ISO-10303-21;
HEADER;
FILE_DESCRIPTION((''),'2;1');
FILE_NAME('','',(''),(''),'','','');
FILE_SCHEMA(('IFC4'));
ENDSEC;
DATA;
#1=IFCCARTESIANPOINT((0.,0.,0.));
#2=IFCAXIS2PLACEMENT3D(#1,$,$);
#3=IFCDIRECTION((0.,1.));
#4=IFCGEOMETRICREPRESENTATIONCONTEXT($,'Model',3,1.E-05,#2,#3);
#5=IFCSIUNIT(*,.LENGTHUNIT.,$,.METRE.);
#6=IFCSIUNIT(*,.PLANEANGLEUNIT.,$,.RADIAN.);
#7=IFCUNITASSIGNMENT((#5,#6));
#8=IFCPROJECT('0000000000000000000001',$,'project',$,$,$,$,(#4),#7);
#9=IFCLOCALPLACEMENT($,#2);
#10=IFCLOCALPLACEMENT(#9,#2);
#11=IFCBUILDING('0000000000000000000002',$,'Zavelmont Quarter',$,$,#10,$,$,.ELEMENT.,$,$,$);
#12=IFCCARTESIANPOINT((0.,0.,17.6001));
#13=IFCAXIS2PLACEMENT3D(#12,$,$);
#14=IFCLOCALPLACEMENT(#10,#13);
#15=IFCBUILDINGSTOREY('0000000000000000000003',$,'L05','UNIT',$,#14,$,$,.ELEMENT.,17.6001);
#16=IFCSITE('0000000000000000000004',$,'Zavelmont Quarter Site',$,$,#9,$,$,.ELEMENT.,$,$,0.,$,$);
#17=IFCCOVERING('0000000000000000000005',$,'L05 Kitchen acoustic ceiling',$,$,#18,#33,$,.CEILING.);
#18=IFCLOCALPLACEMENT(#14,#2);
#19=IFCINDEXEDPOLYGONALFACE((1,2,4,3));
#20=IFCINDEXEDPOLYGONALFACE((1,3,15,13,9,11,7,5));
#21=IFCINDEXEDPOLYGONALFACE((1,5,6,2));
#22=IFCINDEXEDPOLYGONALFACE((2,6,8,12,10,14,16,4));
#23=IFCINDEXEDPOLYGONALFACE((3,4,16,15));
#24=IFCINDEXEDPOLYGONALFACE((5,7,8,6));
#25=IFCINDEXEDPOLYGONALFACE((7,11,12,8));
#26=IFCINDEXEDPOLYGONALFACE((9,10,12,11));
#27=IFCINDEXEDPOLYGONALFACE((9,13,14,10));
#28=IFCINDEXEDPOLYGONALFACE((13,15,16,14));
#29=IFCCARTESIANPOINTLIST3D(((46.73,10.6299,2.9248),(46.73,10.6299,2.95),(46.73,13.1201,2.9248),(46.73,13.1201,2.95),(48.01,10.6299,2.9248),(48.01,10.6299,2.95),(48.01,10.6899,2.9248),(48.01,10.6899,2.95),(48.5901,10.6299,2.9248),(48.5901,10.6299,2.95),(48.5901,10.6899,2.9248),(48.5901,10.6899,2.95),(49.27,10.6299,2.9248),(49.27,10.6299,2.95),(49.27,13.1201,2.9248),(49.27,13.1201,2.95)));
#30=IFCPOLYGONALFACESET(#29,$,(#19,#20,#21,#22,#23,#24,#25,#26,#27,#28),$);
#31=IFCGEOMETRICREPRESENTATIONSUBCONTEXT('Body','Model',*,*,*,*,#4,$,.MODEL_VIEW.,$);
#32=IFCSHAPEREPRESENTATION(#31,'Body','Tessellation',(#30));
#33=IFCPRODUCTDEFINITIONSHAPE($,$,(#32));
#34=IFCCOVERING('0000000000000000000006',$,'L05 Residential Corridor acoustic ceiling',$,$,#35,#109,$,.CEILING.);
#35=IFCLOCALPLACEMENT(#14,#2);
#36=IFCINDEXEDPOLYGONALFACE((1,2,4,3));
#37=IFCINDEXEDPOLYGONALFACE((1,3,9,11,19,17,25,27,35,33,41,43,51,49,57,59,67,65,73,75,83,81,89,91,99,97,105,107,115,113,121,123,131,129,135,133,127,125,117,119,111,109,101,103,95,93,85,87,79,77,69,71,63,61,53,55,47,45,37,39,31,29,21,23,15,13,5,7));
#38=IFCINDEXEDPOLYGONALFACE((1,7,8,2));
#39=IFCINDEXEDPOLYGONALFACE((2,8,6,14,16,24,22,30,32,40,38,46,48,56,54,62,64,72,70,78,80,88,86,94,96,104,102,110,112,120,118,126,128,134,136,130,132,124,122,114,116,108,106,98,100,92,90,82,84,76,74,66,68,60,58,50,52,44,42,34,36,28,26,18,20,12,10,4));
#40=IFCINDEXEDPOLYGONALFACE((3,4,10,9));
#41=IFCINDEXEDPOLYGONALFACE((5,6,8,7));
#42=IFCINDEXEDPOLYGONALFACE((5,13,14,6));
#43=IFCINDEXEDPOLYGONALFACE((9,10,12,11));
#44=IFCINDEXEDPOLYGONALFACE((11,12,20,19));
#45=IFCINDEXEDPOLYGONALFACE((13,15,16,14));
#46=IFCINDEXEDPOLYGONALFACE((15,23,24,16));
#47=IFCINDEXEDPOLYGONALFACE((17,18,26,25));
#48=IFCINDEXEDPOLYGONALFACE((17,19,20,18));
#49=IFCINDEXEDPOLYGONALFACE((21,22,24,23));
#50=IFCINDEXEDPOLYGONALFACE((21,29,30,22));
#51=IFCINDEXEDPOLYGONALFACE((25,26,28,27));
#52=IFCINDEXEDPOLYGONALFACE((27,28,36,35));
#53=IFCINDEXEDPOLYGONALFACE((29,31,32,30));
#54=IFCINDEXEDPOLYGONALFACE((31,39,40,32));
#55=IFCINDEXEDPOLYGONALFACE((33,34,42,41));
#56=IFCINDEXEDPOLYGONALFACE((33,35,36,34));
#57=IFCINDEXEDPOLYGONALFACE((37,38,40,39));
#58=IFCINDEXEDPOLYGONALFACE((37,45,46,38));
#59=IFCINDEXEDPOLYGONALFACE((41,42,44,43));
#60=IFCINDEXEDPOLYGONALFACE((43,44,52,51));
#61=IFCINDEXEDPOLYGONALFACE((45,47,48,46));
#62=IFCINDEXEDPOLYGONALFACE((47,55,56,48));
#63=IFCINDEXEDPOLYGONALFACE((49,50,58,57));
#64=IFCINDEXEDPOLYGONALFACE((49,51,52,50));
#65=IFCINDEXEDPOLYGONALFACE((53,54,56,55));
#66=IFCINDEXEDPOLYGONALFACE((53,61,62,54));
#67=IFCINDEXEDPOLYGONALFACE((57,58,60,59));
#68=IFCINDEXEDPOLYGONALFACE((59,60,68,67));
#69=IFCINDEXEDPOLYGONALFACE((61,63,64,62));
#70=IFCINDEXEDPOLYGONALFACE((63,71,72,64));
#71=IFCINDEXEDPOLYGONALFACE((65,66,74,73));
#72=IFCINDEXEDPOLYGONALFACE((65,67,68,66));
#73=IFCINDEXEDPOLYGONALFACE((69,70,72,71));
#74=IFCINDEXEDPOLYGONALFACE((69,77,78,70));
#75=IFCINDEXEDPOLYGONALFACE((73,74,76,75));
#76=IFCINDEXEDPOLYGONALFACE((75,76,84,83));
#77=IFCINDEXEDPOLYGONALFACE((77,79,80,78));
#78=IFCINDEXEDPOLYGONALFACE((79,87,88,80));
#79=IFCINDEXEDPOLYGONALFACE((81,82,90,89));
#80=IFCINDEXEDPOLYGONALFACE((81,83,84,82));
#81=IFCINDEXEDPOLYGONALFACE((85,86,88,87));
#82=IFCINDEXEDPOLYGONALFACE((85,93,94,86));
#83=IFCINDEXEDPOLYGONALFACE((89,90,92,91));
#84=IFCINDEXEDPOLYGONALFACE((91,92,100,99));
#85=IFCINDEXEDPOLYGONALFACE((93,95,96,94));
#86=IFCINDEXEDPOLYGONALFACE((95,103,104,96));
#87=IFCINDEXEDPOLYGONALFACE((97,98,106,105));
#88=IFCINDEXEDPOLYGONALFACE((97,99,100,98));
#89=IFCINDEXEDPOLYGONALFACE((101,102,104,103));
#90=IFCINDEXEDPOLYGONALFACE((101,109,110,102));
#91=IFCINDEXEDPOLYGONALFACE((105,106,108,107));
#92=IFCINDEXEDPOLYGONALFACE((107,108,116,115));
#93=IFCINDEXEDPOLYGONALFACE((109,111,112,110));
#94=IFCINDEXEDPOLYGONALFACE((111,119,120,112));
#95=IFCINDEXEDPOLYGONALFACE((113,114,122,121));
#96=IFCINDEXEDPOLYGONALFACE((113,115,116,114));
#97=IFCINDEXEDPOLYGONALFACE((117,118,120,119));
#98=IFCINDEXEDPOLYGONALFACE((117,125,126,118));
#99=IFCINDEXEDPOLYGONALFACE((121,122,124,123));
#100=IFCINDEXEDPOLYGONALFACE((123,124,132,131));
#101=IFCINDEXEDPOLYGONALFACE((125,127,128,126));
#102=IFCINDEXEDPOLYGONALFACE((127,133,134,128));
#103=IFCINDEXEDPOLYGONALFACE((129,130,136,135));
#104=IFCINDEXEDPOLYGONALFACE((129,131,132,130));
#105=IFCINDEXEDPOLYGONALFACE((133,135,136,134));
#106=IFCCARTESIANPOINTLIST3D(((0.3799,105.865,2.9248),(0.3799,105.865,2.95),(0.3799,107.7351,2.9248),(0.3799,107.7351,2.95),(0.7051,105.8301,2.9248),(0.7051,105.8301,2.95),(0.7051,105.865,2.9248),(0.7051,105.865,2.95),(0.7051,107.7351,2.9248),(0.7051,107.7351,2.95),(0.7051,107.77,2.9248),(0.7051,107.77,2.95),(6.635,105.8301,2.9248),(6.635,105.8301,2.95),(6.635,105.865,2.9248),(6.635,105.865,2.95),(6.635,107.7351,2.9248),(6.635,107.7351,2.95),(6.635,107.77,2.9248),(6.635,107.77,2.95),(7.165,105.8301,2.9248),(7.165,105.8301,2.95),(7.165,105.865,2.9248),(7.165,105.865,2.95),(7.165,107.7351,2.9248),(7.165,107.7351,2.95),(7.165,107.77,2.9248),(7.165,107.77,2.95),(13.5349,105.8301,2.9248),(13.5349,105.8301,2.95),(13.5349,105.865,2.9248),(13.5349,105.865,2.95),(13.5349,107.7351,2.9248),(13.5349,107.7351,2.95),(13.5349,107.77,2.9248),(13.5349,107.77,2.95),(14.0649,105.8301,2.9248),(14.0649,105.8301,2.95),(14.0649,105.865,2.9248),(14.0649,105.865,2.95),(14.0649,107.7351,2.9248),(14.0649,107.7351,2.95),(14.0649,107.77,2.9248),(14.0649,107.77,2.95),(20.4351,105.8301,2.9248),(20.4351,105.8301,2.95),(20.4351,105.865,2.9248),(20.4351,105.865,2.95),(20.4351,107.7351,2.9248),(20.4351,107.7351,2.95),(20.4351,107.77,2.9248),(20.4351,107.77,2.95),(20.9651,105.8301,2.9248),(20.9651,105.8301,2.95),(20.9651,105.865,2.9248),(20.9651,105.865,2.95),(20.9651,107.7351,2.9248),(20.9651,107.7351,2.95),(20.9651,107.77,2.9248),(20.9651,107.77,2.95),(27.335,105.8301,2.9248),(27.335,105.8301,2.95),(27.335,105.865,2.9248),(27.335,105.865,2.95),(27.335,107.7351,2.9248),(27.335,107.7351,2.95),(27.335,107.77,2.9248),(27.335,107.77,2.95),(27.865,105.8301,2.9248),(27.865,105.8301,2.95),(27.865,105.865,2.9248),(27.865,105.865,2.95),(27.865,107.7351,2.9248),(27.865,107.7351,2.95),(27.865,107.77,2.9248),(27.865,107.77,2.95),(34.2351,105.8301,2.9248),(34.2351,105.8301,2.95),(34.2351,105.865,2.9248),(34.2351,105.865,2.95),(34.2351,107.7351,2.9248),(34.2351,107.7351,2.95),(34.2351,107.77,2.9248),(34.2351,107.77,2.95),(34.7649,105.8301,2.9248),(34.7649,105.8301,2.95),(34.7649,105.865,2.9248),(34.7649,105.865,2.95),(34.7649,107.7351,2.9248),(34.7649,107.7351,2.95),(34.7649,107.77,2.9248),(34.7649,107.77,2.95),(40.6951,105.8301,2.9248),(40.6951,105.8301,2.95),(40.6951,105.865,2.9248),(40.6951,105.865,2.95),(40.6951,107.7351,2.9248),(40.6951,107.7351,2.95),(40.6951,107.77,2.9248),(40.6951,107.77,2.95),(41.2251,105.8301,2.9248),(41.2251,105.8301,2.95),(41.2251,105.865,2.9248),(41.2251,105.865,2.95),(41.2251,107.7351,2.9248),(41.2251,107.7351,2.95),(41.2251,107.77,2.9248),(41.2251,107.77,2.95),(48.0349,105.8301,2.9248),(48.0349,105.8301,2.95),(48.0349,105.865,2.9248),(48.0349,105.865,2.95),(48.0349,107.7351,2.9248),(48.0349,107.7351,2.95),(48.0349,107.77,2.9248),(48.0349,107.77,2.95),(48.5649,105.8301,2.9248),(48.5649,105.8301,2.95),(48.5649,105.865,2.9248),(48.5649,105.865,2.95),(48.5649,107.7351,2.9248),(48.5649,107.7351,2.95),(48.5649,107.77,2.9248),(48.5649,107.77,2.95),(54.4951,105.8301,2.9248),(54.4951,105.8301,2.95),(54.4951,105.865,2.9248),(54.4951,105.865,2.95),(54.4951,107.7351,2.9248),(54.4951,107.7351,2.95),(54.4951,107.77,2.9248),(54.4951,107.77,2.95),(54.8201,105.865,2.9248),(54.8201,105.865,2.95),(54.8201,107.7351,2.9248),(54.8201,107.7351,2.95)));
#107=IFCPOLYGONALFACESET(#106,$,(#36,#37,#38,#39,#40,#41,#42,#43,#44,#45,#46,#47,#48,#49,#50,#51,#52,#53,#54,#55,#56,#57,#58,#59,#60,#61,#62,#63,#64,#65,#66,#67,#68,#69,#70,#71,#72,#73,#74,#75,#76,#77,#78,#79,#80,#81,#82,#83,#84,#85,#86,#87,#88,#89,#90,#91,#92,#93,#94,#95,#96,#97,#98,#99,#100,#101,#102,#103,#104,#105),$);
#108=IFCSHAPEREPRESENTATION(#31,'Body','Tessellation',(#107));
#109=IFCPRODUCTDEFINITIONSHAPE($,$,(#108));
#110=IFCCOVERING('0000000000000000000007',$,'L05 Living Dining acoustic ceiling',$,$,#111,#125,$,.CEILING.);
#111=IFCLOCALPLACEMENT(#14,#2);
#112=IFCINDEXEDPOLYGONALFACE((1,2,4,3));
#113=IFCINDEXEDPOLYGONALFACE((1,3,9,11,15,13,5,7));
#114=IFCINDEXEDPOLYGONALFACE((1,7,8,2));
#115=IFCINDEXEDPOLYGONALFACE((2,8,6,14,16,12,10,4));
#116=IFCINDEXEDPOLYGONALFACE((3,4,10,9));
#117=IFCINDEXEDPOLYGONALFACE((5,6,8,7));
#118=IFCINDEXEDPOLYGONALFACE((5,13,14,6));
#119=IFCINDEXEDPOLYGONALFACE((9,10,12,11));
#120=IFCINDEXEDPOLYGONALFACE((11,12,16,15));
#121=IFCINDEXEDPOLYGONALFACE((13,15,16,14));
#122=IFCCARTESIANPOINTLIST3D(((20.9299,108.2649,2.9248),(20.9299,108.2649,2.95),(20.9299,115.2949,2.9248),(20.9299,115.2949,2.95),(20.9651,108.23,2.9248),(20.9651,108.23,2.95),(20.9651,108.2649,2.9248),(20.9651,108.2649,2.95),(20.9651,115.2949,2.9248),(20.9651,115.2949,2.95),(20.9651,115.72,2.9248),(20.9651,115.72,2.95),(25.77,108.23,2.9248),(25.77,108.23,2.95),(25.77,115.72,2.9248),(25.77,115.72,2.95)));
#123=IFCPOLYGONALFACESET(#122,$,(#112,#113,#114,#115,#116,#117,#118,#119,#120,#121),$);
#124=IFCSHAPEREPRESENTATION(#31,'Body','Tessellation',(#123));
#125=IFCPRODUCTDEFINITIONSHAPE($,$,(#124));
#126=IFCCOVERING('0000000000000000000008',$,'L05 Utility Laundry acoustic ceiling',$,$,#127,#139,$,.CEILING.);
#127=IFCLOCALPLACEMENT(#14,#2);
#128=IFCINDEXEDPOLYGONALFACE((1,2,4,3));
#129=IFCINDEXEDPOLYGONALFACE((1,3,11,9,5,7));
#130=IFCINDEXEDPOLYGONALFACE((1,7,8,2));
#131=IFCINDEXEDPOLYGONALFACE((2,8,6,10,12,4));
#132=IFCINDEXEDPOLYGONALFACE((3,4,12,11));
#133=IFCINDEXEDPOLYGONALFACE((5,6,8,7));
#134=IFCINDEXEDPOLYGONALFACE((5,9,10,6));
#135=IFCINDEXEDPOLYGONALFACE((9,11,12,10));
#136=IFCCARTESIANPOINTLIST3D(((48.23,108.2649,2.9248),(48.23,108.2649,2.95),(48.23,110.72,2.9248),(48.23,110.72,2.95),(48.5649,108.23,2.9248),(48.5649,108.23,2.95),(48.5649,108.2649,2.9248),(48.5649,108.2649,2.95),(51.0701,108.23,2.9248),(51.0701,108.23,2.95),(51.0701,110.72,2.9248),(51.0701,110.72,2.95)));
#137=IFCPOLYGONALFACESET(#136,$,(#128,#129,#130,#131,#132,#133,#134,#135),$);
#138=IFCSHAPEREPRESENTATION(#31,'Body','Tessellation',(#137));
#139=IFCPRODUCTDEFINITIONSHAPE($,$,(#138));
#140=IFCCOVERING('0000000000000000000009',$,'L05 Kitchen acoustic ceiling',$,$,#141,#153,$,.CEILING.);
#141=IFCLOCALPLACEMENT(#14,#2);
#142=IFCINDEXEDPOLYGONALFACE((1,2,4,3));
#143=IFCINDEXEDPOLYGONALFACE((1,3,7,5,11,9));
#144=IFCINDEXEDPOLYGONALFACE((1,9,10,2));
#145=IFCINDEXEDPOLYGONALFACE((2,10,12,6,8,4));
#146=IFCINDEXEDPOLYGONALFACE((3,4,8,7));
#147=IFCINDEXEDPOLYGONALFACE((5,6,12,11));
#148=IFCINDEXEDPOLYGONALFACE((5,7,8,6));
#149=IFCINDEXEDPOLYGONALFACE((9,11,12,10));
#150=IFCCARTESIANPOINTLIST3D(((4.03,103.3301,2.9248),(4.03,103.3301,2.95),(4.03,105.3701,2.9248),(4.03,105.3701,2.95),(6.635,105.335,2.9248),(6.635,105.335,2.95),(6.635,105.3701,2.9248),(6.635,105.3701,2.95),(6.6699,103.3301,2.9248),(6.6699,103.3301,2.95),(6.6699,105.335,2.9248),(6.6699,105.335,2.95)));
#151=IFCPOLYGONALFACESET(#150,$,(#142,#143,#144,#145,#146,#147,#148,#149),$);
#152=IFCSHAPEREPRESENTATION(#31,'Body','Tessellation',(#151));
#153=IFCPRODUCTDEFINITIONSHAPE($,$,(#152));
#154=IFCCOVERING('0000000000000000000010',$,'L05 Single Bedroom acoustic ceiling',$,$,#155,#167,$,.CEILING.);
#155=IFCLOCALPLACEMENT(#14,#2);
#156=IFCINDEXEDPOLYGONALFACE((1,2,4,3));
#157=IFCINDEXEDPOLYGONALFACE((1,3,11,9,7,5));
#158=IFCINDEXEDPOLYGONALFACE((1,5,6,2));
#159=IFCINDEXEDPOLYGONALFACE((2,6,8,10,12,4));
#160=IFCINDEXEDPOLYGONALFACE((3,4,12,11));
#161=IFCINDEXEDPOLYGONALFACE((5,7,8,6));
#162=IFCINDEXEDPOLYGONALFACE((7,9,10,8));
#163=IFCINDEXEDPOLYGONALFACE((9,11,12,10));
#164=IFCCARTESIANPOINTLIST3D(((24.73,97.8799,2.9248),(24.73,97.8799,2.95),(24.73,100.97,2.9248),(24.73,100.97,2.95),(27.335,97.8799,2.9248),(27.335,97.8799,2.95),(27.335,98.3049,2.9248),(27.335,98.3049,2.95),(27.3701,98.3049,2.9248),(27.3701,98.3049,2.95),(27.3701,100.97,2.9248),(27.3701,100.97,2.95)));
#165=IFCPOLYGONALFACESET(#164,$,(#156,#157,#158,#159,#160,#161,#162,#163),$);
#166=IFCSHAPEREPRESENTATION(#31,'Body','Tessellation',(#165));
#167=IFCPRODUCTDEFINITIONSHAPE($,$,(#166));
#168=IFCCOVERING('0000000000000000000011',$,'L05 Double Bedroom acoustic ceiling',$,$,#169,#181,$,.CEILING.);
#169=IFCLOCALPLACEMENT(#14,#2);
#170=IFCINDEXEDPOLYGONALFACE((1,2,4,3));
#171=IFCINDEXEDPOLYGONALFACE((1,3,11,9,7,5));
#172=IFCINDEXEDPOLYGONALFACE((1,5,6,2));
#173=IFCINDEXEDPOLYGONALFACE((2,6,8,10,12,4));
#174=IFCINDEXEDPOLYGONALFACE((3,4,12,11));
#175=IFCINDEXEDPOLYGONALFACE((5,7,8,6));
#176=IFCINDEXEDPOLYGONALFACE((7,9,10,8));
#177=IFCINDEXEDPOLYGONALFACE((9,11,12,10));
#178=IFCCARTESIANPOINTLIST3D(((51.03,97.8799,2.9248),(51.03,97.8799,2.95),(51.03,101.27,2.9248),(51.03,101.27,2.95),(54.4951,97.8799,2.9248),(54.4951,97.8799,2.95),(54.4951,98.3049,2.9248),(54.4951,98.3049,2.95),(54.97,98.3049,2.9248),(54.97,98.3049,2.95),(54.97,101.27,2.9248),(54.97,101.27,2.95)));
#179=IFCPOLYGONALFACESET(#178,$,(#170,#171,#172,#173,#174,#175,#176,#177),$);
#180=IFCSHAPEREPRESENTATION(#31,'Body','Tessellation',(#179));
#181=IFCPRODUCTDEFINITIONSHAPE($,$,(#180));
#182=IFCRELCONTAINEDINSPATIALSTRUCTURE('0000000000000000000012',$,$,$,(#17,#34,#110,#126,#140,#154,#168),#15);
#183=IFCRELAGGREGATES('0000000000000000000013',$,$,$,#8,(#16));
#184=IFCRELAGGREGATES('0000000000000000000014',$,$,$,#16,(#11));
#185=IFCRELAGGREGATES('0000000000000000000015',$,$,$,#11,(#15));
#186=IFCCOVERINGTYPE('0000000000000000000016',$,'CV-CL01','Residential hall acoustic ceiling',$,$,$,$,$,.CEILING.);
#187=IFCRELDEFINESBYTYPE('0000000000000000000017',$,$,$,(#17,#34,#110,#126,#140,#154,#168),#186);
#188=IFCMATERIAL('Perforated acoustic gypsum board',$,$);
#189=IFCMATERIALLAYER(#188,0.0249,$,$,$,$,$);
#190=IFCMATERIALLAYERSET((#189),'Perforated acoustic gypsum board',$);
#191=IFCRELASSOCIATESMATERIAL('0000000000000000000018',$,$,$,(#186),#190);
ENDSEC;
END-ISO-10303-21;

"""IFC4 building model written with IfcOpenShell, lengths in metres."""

from ifc_helpers import new_model, si_unit, direction, frame, origin, place, context, subcontext, project, spatial, polyline, outline, extrude, material, layer, layer_set, type_object, element, save


model = new_model("IFC4")

# Units and contexts
model_context = context("Model", 3, precision=1e-05, world=origin(), true_north=direction((0.0, 1.0)))
body_context = subcontext(model_context, "Body", "Model", "MODEL_VIEW")
ifc_project = project(units=[si_unit("LENGTHUNIT", "METRE"), si_unit("PLANEANGLEUNIT", "RADIAN")], contexts=[model_context])

# Site, building, storey
site_placement = place(None, origin())
site = spatial("IfcSite", under=ifc_project, at=site_placement, Name="Zavelmont Quarter Site", CompositionType="ELEMENT", RefElevation=0.0)
building_placement = place(site_placement, origin())
building = spatial("IfcBuilding", under=site, at=building_placement, Name="Zavelmont Quarter", CompositionType="ELEMENT")
storey_placement = place(building_placement, frame((0.0, 0.0, 17.6001)))
storey = spatial("IfcBuildingStorey", under=building, at=storey_placement, Name="L05", Description="UNIT", CompositionType="ELEMENT", Elevation=17.6001)

# Coverings
ifc_material_1 = material(Name="Perforated acoustic gypsum board")
ifc_layer_1 = layer(ifc_material_1, 0.0249)
ifc_layer_set_1 = layer_set([ifc_layer_1], Name="Perforated acoustic gypsum board")
covering_type_1 = type_object("IfcCoveringType", Name="CV-CL01", Description="Residential hall acoustic ceiling", PredefinedType="CEILING", material=ifc_layer_set_1)
covering_1_placement = place(storey_placement, frame((0.0, 0.0, 2.9248)))
element("IfcCovering", 1, at=covering_1_placement, inside=storey, type_object=covering_type_1, Name="L05 Kitchen acoustic ceiling", PredefinedType="CEILING", context=body_context, shape_type="SweptSolid", body=[
    extrude(outline(polyline([(46.73, 13.1201), (49.27, 13.1201), (49.27, 10.6299), (48.5901, 10.6299), (48.5901, 10.6899), (48.01, 10.6899), (48.01, 10.6299), (46.73, 10.6299), (46.73, 13.1201)])), origin(), (0.0, 0.0, 1.0), 0.0251),
])
covering_2_placement = place(storey_placement, frame((0.0, 0.0, 2.9248)))
element("IfcCovering", 2, at=covering_2_placement, inside=storey, type_object=covering_type_1, Name="L05 Residential Corridor acoustic ceiling", PredefinedType="CEILING", context=body_context, shape_type="SweptSolid", body=[
    extrude(outline(polyline([(0.3799, 107.7351), (0.7051, 107.7351), (0.7051, 107.77), (6.635, 107.77), (6.635, 107.7351), (7.165, 107.7351), (7.165, 107.77), (13.5349, 107.77), (13.5349, 107.7351), (14.0649, 107.7351), (14.0649, 107.77), (20.4351, 107.77), (20.4351, 107.7351), (20.9651, 107.7351), (20.9651, 107.77), (27.335, 107.77), (27.335, 107.7351), (27.865, 107.7351), (27.865, 107.77), (34.2351, 107.77), (34.2351, 107.7351), (34.7649, 107.7351), (34.7649, 107.77), (40.6951, 107.77), (40.6951, 107.7351), (41.2251, 107.7351), (41.2251, 107.77), (48.0349, 107.77), (48.0349, 107.7351), (48.5649, 107.7351), (48.5649, 107.77), (54.4951, 107.77), (54.4951, 107.7351), (54.8201, 107.7351), (54.8201, 105.865), (54.4951, 105.865), (54.4951, 105.8301), (48.5649, 105.8301), (48.5649, 105.865), (48.0349, 105.865), (48.0349, 105.8301), (41.2251, 105.8301), (41.2251, 105.865), (40.6951, 105.865), (40.6951, 105.8301), (34.7649, 105.8301), (34.7649, 105.865), (34.2351, 105.865), (34.2351, 105.8301), (27.865, 105.8301), (27.865, 105.865), (27.335, 105.865), (27.335, 105.8301), (20.9651, 105.8301), (20.9651, 105.865), (20.4351, 105.865), (20.4351, 105.8301), (14.0649, 105.8301), (14.0649, 105.865), (13.5349, 105.865), (13.5349, 105.8301), (7.165, 105.8301), (7.165, 105.865), (6.635, 105.865), (6.635, 105.8301), (0.7051, 105.8301), (0.7051, 105.865), (0.3799, 105.865), (0.3799, 107.7351)])), origin(), (0.0, 0.0, 1.0), 0.0251),
])
covering_3_placement = place(storey_placement, frame((0.0, 0.0, 2.9248)))
element("IfcCovering", 3, at=covering_3_placement, inside=storey, type_object=covering_type_1, Name="L05 Living Dining acoustic ceiling", PredefinedType="CEILING", context=body_context, shape_type="SweptSolid", body=[
    extrude(outline(polyline([(20.9299, 115.2949), (20.9651, 115.2949), (20.9651, 115.72), (25.77, 115.72), (25.77, 108.23), (20.9651, 108.23), (20.9651, 108.2649), (20.9299, 108.2649), (20.9299, 115.2949)])), origin(), (0.0, 0.0, 1.0), 0.0251),
])
covering_4_placement = place(storey_placement, frame((0.0, 0.0, 2.9248)))
element("IfcCovering", 4, at=covering_4_placement, inside=storey, type_object=covering_type_1, Name="L05 Utility Laundry acoustic ceiling", PredefinedType="CEILING", context=body_context, shape_type="SweptSolid", body=[
    extrude(outline(polyline([(48.23, 110.72), (51.0701, 110.72), (51.0701, 108.23), (48.5649, 108.23), (48.5649, 108.2649), (48.23, 108.2649), (48.23, 110.72)])), origin(), (0.0, 0.0, 1.0), 0.0251),
])
covering_5_placement = place(storey_placement, frame((0.0, 0.0, 2.9248)))
element("IfcCovering", 5, at=covering_5_placement, inside=storey, type_object=covering_type_1, Name="L05 Kitchen acoustic ceiling", PredefinedType="CEILING", context=body_context, shape_type="SweptSolid", body=[
    extrude(outline(polyline([(4.03, 105.3701), (6.635, 105.3701), (6.635, 105.335), (6.6699, 105.335), (6.6699, 103.3301), (4.03, 103.3301), (4.03, 105.3701)])), origin(), (0.0, 0.0, 1.0), 0.0251),
])
covering_6_placement = place(storey_placement, frame((0.0, 0.0, 2.9248)))
element("IfcCovering", 6, at=covering_6_placement, inside=storey, type_object=covering_type_1, Name="L05 Single Bedroom acoustic ceiling", PredefinedType="CEILING", context=body_context, shape_type="SweptSolid", body=[
    extrude(outline(polyline([(24.73, 100.97), (27.3701, 100.97), (27.3701, 98.3049), (27.335, 98.3049), (27.335, 97.8799), (24.73, 97.8799), (24.73, 100.97)])), origin(), (0.0, 0.0, 1.0), 0.0251),
])
covering_7_placement = place(storey_placement, frame((0.0, 0.0, 2.9248)))
element("IfcCovering", 7, at=covering_7_placement, inside=storey, type_object=covering_type_1, Name="L05 Double Bedroom acoustic ceiling", PredefinedType="CEILING", context=body_context, shape_type="SweptSolid", body=[
    extrude(outline(polyline([(51.03, 101.27), (54.97, 101.27), (54.97, 98.3049), (54.4951, 98.3049), (54.4951, 97.8799), (51.03, 97.8799), (51.03, 101.27)])), origin(), (0.0, 0.0, 1.0), 0.0251),
])

save(model, "model.ifc")
